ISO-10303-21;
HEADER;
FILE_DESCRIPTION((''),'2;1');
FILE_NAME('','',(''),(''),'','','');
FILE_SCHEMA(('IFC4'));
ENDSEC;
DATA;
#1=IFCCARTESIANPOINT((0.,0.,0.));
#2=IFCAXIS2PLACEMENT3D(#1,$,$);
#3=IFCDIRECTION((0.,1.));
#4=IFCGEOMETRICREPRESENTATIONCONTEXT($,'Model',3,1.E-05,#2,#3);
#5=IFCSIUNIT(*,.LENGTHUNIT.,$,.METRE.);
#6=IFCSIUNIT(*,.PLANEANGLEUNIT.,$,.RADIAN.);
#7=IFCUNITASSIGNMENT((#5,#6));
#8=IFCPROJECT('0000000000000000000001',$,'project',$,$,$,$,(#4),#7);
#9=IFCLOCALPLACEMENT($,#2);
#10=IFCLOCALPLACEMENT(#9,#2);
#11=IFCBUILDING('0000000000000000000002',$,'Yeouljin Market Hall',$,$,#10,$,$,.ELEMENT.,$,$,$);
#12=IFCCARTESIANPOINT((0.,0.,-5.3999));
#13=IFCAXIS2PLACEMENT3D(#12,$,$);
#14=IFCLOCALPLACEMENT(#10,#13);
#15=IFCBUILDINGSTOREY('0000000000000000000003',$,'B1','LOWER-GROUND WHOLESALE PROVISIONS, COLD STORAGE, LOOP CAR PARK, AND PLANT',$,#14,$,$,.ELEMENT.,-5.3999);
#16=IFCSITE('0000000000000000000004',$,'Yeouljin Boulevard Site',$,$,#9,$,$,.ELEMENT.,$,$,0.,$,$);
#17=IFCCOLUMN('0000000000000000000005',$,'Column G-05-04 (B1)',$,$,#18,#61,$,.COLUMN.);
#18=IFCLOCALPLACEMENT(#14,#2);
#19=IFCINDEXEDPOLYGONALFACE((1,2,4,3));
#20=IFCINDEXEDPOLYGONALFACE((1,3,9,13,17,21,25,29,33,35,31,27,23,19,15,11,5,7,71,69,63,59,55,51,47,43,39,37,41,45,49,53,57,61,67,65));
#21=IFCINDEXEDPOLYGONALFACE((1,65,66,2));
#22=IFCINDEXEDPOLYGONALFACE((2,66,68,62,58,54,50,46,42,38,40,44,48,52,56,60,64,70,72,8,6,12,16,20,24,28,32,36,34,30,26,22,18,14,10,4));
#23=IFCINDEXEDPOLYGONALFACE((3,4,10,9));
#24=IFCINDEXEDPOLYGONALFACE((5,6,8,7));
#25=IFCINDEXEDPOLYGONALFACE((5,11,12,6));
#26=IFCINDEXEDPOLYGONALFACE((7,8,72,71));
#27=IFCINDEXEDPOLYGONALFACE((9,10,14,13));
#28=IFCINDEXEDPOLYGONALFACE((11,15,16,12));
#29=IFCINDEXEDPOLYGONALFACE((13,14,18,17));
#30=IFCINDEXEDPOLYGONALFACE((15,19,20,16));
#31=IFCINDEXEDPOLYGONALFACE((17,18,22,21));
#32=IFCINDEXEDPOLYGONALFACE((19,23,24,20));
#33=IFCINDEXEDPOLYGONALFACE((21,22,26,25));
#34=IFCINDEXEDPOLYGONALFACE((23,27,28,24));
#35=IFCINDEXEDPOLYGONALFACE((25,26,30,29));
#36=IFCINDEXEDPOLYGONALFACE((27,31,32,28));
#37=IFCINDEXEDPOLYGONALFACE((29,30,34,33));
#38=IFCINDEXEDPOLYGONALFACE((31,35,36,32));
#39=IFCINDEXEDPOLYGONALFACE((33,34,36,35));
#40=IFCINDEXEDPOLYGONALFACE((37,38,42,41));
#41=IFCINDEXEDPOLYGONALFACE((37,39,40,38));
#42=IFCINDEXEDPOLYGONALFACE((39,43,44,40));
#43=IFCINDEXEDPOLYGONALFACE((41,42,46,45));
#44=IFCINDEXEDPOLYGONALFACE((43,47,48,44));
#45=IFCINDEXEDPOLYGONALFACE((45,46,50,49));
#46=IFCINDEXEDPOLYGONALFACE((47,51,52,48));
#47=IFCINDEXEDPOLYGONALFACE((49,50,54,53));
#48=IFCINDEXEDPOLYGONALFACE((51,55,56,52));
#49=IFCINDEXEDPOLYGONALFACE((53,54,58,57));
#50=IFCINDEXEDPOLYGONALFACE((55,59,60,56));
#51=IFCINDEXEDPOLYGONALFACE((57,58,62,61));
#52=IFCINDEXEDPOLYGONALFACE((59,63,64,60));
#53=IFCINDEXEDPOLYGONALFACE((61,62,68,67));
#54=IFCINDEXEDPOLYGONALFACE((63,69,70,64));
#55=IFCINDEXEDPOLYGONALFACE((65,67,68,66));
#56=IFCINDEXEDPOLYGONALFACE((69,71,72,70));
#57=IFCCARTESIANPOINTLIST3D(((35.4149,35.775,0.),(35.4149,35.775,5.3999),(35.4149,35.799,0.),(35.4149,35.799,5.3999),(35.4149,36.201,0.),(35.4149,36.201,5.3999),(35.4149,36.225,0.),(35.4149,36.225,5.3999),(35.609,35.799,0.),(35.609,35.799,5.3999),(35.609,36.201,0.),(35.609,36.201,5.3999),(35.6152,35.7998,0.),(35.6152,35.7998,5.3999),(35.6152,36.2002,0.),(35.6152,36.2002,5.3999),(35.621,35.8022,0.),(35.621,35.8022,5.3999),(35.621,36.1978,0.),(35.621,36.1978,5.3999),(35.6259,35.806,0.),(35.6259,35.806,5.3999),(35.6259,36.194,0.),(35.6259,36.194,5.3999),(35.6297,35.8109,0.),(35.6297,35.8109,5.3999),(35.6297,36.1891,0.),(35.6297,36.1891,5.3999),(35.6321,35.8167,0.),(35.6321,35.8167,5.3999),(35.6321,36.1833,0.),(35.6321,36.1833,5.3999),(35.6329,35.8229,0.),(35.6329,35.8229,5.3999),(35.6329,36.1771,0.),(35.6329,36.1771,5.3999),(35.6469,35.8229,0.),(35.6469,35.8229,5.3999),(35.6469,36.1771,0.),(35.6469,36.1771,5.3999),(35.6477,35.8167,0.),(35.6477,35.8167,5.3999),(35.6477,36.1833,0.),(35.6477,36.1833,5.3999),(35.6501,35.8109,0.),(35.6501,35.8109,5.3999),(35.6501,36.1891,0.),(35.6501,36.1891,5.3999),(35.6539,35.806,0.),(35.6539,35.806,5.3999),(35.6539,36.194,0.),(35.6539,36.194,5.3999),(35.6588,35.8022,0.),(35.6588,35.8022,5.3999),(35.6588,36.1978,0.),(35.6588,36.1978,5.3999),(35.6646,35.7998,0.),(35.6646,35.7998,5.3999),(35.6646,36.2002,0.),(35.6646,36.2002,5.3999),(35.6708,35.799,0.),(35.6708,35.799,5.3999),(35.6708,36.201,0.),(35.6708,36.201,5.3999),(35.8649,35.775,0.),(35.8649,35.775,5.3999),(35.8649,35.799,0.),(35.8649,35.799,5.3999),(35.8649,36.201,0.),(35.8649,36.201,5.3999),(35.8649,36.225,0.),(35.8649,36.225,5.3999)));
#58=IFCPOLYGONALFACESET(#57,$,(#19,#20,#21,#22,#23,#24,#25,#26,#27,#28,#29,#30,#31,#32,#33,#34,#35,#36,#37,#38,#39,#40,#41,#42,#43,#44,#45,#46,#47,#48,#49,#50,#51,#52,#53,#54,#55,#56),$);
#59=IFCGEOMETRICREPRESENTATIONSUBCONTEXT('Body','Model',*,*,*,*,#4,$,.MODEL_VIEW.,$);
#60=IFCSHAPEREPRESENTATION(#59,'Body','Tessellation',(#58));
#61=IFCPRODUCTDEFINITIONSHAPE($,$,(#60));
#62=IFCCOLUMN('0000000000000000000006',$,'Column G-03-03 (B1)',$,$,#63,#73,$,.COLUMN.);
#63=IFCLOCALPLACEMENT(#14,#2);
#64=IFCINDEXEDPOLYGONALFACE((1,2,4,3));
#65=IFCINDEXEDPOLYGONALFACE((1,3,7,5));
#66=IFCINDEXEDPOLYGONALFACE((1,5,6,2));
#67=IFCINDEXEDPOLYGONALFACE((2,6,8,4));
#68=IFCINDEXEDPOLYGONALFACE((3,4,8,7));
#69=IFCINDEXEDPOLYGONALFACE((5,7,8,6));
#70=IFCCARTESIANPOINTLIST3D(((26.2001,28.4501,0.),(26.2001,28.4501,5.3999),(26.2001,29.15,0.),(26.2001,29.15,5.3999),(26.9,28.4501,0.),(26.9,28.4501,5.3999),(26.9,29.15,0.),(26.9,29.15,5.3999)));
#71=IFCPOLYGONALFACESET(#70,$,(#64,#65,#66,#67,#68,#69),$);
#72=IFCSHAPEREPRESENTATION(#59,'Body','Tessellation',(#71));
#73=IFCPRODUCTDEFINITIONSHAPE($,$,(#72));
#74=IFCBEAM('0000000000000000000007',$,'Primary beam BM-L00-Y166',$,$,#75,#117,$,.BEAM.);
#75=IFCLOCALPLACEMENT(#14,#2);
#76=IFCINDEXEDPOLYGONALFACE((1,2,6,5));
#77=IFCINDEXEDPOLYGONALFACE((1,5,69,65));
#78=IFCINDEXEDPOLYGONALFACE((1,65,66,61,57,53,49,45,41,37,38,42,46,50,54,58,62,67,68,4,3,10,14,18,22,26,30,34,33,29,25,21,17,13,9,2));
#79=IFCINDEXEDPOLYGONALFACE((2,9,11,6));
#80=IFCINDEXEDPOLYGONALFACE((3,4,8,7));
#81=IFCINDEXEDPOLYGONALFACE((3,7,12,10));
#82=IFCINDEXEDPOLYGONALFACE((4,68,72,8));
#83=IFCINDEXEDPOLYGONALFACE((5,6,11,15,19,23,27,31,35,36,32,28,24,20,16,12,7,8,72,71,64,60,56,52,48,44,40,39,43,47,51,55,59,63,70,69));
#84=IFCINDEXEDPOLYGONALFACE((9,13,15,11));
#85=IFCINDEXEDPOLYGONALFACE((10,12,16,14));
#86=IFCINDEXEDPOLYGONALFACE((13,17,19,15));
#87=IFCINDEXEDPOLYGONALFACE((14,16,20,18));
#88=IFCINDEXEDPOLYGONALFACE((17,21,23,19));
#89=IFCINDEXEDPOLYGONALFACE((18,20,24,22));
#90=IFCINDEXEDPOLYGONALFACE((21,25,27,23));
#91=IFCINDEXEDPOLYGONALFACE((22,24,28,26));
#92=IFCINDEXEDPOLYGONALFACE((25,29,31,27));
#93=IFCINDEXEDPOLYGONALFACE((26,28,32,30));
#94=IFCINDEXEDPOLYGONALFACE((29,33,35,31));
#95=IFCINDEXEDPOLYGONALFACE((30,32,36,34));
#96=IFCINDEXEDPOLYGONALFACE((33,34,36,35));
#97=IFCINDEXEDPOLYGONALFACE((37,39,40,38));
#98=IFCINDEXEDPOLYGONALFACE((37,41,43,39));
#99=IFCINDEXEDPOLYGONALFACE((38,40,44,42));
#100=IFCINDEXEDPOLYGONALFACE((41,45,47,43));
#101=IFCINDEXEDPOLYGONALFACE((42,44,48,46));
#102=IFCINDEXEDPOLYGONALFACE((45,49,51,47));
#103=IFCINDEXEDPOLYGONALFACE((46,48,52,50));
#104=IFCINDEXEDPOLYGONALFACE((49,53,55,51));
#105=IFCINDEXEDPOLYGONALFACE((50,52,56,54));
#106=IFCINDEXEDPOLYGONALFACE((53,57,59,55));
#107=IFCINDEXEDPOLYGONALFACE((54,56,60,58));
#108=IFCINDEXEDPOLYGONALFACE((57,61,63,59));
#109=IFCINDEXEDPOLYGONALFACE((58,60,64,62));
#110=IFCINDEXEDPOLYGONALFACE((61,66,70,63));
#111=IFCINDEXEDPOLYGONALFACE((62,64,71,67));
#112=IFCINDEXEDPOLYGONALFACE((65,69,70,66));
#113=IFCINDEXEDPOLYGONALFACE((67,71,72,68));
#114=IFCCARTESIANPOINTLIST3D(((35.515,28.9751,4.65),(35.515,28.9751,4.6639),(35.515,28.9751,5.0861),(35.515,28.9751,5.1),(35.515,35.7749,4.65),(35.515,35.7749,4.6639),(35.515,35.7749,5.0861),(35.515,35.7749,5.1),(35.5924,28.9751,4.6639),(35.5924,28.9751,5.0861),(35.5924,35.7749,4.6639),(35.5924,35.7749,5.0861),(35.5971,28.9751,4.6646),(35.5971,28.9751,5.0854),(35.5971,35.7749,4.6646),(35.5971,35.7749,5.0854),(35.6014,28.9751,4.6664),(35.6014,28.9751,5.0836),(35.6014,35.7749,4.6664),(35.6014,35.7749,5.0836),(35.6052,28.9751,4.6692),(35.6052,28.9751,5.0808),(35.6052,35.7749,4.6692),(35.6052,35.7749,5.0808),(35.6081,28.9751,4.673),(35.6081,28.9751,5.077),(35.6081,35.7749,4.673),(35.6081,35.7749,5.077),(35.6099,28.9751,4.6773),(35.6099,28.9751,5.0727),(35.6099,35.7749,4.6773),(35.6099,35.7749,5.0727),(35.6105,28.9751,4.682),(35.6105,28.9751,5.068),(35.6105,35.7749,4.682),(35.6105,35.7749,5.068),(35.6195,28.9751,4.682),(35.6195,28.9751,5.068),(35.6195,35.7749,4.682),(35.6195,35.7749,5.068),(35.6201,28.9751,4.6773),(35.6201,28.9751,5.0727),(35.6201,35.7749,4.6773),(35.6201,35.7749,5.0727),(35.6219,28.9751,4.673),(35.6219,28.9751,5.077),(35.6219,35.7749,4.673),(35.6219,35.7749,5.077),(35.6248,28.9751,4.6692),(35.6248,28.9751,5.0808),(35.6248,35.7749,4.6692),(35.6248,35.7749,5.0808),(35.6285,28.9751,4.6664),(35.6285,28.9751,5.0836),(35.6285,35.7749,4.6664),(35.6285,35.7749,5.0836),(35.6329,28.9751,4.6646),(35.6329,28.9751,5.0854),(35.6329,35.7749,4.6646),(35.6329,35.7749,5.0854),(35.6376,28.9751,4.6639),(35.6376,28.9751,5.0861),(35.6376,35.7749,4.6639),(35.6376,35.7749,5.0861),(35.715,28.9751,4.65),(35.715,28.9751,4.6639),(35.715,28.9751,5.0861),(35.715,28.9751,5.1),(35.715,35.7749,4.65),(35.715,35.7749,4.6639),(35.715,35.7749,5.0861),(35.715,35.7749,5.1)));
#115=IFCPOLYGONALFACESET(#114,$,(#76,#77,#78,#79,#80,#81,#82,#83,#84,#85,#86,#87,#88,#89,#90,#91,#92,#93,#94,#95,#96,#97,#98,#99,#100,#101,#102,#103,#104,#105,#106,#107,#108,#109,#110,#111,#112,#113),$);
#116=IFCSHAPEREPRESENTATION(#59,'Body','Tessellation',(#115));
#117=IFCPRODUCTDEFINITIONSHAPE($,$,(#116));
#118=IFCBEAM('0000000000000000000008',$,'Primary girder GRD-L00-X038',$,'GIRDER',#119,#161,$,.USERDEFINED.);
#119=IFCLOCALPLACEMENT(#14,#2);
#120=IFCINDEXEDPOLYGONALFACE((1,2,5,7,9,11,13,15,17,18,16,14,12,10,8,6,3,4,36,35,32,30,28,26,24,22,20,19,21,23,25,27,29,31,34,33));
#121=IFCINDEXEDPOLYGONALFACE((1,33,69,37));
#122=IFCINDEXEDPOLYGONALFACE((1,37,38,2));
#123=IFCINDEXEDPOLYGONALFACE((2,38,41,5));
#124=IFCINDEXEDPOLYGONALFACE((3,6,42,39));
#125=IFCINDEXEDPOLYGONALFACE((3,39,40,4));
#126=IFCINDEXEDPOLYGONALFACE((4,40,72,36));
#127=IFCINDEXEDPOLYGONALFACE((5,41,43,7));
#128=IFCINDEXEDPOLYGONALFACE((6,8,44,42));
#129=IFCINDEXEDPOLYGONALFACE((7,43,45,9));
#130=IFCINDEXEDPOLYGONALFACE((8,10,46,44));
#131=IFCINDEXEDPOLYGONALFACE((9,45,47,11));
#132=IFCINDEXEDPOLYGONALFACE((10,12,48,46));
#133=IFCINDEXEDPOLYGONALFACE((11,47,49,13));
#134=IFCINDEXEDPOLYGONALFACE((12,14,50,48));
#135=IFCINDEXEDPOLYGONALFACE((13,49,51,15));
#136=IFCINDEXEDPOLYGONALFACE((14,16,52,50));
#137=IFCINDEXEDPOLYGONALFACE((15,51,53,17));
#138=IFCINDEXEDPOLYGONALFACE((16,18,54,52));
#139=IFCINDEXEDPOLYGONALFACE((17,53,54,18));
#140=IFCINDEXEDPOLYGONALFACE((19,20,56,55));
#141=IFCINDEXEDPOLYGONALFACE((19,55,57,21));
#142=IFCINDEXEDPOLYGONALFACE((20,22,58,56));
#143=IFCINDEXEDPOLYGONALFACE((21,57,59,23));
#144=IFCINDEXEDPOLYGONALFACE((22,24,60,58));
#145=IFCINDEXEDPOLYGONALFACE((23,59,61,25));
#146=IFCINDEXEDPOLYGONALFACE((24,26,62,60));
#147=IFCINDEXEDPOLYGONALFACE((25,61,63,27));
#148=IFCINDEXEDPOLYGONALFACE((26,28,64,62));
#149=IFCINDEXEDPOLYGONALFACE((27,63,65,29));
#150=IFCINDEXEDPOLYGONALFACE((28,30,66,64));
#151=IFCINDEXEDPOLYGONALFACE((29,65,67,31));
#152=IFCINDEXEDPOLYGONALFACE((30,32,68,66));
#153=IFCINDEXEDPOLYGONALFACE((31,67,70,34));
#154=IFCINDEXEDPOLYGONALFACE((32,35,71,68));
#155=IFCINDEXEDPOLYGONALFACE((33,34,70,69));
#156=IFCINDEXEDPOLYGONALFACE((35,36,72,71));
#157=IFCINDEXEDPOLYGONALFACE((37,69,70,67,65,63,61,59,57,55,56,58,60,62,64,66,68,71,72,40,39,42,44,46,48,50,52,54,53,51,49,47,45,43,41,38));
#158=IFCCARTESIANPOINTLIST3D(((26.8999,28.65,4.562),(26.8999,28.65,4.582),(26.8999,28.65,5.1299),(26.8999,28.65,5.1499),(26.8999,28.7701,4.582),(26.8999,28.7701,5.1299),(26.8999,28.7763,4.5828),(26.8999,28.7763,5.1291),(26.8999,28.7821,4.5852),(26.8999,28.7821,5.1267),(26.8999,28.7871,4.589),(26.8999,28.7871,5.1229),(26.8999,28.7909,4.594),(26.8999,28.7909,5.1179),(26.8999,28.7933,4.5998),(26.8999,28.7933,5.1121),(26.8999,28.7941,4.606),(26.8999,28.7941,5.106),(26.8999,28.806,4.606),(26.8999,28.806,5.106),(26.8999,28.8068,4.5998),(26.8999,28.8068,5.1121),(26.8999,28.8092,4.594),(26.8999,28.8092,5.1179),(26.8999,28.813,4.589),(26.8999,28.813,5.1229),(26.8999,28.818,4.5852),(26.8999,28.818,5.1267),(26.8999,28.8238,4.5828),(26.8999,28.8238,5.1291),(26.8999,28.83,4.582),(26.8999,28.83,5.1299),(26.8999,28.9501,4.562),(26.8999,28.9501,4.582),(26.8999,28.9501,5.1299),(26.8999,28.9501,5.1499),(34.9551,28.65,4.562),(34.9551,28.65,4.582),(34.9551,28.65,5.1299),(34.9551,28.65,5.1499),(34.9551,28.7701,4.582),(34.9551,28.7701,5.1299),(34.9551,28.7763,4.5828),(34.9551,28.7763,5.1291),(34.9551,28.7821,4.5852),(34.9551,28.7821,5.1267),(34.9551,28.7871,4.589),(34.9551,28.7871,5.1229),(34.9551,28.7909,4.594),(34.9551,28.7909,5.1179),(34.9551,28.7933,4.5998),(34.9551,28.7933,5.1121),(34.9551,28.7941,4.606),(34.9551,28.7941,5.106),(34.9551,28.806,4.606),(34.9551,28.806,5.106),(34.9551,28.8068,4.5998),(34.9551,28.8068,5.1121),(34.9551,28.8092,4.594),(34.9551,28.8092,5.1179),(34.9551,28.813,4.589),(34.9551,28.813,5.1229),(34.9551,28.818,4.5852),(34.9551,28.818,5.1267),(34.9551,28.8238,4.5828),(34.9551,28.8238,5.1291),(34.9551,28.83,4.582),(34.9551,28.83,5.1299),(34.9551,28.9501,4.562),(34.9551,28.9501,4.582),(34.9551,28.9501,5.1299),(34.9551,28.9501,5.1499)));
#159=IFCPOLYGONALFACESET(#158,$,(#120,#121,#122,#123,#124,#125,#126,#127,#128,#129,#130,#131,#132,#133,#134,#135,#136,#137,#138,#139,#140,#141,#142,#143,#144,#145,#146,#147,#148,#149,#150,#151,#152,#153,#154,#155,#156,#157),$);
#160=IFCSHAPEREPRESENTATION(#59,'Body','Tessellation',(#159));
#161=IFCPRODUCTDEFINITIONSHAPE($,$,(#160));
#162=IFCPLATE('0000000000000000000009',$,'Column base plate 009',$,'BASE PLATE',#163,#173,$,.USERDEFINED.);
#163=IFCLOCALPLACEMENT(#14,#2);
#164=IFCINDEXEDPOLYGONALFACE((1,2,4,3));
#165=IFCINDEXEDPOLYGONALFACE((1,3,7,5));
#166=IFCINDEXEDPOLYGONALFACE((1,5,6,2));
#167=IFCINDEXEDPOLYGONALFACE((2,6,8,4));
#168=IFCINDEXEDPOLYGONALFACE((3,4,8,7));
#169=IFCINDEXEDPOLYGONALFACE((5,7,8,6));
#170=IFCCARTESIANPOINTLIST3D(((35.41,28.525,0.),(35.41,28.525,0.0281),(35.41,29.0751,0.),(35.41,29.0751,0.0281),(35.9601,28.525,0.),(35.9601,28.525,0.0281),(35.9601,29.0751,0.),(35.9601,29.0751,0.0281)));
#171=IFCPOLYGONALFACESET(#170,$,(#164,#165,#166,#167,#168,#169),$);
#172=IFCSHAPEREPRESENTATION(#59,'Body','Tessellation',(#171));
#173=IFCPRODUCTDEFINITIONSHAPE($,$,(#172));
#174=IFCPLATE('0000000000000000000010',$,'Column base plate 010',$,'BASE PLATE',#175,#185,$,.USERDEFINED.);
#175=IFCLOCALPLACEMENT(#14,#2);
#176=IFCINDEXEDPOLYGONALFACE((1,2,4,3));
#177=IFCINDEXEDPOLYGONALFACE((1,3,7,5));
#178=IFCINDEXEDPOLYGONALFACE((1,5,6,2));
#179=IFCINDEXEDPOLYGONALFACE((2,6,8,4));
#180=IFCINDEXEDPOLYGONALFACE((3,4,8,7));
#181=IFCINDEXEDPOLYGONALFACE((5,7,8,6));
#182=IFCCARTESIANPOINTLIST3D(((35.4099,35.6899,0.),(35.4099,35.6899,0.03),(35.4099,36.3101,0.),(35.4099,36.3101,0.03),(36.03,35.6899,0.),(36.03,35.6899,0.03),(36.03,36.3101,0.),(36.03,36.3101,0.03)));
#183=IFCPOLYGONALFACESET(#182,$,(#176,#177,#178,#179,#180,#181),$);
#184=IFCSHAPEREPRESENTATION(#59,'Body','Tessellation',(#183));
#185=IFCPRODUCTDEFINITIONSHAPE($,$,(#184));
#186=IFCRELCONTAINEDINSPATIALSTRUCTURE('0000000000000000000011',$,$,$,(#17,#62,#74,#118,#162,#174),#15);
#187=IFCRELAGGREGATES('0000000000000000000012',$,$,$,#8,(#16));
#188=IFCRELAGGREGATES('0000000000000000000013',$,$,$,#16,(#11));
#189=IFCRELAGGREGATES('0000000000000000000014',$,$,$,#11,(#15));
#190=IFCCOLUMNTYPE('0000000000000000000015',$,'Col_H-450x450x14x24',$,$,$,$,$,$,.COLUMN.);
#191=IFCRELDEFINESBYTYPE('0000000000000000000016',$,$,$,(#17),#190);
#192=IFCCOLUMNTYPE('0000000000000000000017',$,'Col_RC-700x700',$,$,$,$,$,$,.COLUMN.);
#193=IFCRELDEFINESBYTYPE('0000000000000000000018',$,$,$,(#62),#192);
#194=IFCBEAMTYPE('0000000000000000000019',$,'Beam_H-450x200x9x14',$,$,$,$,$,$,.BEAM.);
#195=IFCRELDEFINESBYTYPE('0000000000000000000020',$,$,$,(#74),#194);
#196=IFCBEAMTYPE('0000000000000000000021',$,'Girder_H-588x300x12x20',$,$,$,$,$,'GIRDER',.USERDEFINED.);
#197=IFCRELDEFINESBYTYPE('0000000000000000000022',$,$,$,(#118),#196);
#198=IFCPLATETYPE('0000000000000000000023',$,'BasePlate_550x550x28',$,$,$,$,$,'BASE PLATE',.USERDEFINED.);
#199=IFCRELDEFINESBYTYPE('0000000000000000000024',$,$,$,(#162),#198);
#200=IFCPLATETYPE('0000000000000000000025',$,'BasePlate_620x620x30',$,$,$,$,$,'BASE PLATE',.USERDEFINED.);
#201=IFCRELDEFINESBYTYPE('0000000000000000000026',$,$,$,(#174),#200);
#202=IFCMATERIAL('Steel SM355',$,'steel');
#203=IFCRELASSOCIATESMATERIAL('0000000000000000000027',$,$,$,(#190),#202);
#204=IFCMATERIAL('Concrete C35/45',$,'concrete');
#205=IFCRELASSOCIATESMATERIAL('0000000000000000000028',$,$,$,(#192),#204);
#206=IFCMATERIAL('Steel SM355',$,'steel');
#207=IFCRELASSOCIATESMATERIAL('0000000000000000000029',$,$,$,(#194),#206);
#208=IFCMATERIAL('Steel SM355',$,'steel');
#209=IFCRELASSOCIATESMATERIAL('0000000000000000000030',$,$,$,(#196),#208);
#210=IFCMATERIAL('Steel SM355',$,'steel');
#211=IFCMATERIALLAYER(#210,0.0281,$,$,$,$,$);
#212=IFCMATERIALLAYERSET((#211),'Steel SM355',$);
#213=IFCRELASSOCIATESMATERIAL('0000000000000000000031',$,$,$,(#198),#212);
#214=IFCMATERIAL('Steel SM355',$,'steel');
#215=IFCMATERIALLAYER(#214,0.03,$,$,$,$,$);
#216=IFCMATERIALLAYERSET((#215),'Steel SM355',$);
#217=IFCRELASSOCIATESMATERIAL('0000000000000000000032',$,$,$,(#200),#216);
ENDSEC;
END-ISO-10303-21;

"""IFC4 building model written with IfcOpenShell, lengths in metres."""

from ifc_helpers import new_model, si_unit, direction, frame, origin, origin_2d, place, context, subcontext, project, spatial, rectangle, i_section, extrude, material, layer, layer_set, material_profile, profile_set, type_object, element, save


model = new_model("IFC4")

# Units and contexts
model_context = context("Model", 3, precision=1e-05, world=origin(), true_north=direction((0.0, 1.0)))
body_context = subcontext(model_context, "Body", "Model", "MODEL_VIEW")
ifc_project = project(units=[si_unit("LENGTHUNIT", "METRE"), si_unit("PLANEANGLEUNIT", "RADIAN")], contexts=[model_context])

# Site, building, storey
site_placement = place(None, origin())
site = spatial("IfcSite", under=ifc_project, at=site_placement, Name="Yeouljin Boulevard Site", CompositionType="ELEMENT", RefElevation=0.0)
building_placement = place(site_placement, origin())
building = spatial("IfcBuilding", under=site, at=building_placement, Name="Yeouljin Market Hall", CompositionType="ELEMENT")
storey_placement = place(building_placement, frame((0.0, 0.0, -5.3999)))
storey = spatial("IfcBuildingStorey", under=building, at=storey_placement, Name="B1", Description="LOWER-GROUND WHOLESALE PROVISIONS, COLD STORAGE, LOOP CAR PARK, AND PLANT", CompositionType="ELEMENT", Elevation=-5.3999)

# Columns
ifc_material_1 = material(Name="Steel SM355", Category="steel")
ifc_material_profile_1 = material_profile(ifc_material_1, i_section(OverallWidth=0.45, OverallDepth=0.45, WebThickness=0.0139, FlangeThickness=0.0239, FilletRadius=0.0239, at=origin_2d()), Name="H-450x450x14x24")
ifc_profile_set_1 = profile_set([ifc_material_profile_1], Name="Steel SM355")
column_type_1 = type_object("IfcColumnType", Name="Col_H-450x450x14x24", PredefinedType="COLUMN", material=ifc_profile_set_1)
column_1_placement = place(storey_placement, frame((35.6399, 36.0, 0.0), z_axis=(0.0, 0.0, 1.0), x_axis=(1.0, 0.0, 0.0)))
element("IfcColumn", 1, at=column_1_placement, inside=storey, type_object=column_type_1, Name="Column G-05-04 (B1)", PredefinedType="COLUMN", context=body_context, shape_type="SweptSolid", body=[
    extrude(i_section(OverallWidth=0.45, OverallDepth=0.45, WebThickness=0.0139, FlangeThickness=0.0239, FilletRadius=0.0239, at=origin_2d()), origin(), (0.0, 0.0, 1.0), 5.3999),
])
ifc_material_2 = material(Name="Concrete C35/45", Category="concrete")
ifc_material_profile_2 = material_profile(ifc_material_2, rectangle(XDim=0.7, YDim=0.7, at=origin_2d()), Name="RC-700x700")
ifc_profile_set_2 = profile_set([ifc_material_profile_2], Name="Concrete C35/45")
column_type_2 = type_object("IfcColumnType", Name="Col_RC-700x700", PredefinedType="COLUMN", material=ifc_profile_set_2)
column_2_placement = place(storey_placement, frame((26.55, 28.8, 0.0), z_axis=(0.0, 0.0, 1.0), x_axis=(1.0, 0.0, 0.0)))
element("IfcColumn", 2, at=column_2_placement, inside=storey, type_object=column_type_2, Name="Column G-03-03 (B1)", PredefinedType="COLUMN", context=body_context, shape_type="SweptSolid", body=[
    extrude(rectangle(XDim=0.7, YDim=0.7, at=origin_2d()), origin(), (0.0, 0.0, 1.0), 5.3999),
])

# Beams
ifc_material_3 = material(Name="Steel SM355", Category="steel")
ifc_material_profile_3 = material_profile(ifc_material_3, i_section(OverallWidth=0.2, OverallDepth=0.45, WebThickness=0.009, FlangeThickness=0.0139, FilletRadius=0.0181, at=origin_2d()), Name="H-450x200x9x14")
ifc_profile_set_3 = profile_set([ifc_material_profile_3], Name="Steel SM355")
beam_type_1 = type_object("IfcBeamType", Name="Beam_H-450x200x9x14", PredefinedType="BEAM", material=ifc_profile_set_3)
beam_1_placement = place(storey_placement, frame((35.615, 28.9751, 4.875), z_axis=(0.0, 1.0, 0.0), x_axis=(-1.0, 0.0, 0.0)))
element("IfcBeam", 3, at=beam_1_placement, inside=storey, type_object=beam_type_1, Name="Primary beam BM-L00-Y166", PredefinedType="BEAM", context=body_context, shape_type="SweptSolid", body=[
    extrude(i_section(OverallWidth=0.2, OverallDepth=0.45, WebThickness=0.009, FlangeThickness=0.0139, FilletRadius=0.0181, at=origin_2d()), origin(), (0.0, 0.0, 1.0), 6.7998),
])
ifc_material_4 = material(Name="Steel SM355", Category="steel")
ifc_material_profile_4 = material_profile(ifc_material_4, i_section(OverallWidth=0.3, OverallDepth=0.5879, WebThickness=0.012, FlangeThickness=0.02, FilletRadius=0.0239, at=origin_2d()), Name="H-588x300x12x20")
ifc_profile_set_4 = profile_set([ifc_material_profile_4], Name="Steel SM355")
beam_type_2 = type_object("IfcBeamType", Name="Girder_H-588x300x12x20", ElementType="GIRDER", PredefinedType="USERDEFINED", material=ifc_profile_set_4)
beam_2_placement = place(storey_placement, frame((26.8999, 28.8, 4.856), z_axis=(1.0, 0.0, 0.0), x_axis=(0.0, 1.0, 0.0)))
element("IfcBeam", 4, at=beam_2_placement, inside=storey, type_object=beam_type_2, Name="Primary girder GRD-L00-X038", ObjectType="GIRDER", PredefinedType="USERDEFINED", context=body_context, shape_type="SweptSolid", body=[
    extrude(i_section(OverallWidth=0.3, OverallDepth=0.5879, WebThickness=0.012, FlangeThickness=0.02, FilletRadius=0.0239, at=origin_2d()), origin(), (0.0, 0.0, 1.0), 8.0552),
])

# Plates
ifc_material_5 = material(Name="Steel SM355", Category="steel")
ifc_layer_1 = layer(ifc_material_5, 0.0281)
ifc_layer_set_1 = layer_set([ifc_layer_1], Name="Steel SM355")
plate_type_1 = type_object("IfcPlateType", Name="BasePlate_550x550x28", ElementType="BASE PLATE", PredefinedType="USERDEFINED", material=ifc_layer_set_1)
plate_1_placement = place(storey_placement, frame((35.6851, 28.8, 0.0), z_axis=(0.0, 0.0, 1.0), x_axis=(1.0, 0.0, 0.0)))
element("IfcPlate", 5, at=plate_1_placement, inside=storey, type_object=plate_type_1, Name="Column base plate 009", ObjectType="BASE PLATE", PredefinedType="USERDEFINED", context=body_context, shape_type="SweptSolid", body=[
    extrude(rectangle(XDim=0.55, YDim=0.55, at=origin_2d()), origin(), (0.0, 0.0, 1.0), 0.0281),
])
ifc_material_6 = material(Name="Steel SM355", Category="steel")
ifc_layer_2 = layer(ifc_material_6, 0.03)
ifc_layer_set_2 = layer_set([ifc_layer_2], Name="Steel SM355")
plate_type_2 = type_object("IfcPlateType", Name="BasePlate_620x620x30", ElementType="BASE PLATE", PredefinedType="USERDEFINED", material=ifc_layer_set_2)
plate_2_placement = place(storey_placement, frame((35.72, 36.0, 0.0), z_axis=(0.0, 0.0, 1.0), x_axis=(1.0, 0.0, 0.0)))
element("IfcPlate", 6, at=plate_2_placement, inside=storey, type_object=plate_type_2, Name="Column base plate 010", ObjectType="BASE PLATE", PredefinedType="USERDEFINED", context=body_context, shape_type="SweptSolid", body=[
    extrude(rectangle(XDim=0.6201, YDim=0.6201, at=origin_2d()), origin(), (0.0, 0.0, 1.0), 0.03),
])

save(model, "model.ifc")
